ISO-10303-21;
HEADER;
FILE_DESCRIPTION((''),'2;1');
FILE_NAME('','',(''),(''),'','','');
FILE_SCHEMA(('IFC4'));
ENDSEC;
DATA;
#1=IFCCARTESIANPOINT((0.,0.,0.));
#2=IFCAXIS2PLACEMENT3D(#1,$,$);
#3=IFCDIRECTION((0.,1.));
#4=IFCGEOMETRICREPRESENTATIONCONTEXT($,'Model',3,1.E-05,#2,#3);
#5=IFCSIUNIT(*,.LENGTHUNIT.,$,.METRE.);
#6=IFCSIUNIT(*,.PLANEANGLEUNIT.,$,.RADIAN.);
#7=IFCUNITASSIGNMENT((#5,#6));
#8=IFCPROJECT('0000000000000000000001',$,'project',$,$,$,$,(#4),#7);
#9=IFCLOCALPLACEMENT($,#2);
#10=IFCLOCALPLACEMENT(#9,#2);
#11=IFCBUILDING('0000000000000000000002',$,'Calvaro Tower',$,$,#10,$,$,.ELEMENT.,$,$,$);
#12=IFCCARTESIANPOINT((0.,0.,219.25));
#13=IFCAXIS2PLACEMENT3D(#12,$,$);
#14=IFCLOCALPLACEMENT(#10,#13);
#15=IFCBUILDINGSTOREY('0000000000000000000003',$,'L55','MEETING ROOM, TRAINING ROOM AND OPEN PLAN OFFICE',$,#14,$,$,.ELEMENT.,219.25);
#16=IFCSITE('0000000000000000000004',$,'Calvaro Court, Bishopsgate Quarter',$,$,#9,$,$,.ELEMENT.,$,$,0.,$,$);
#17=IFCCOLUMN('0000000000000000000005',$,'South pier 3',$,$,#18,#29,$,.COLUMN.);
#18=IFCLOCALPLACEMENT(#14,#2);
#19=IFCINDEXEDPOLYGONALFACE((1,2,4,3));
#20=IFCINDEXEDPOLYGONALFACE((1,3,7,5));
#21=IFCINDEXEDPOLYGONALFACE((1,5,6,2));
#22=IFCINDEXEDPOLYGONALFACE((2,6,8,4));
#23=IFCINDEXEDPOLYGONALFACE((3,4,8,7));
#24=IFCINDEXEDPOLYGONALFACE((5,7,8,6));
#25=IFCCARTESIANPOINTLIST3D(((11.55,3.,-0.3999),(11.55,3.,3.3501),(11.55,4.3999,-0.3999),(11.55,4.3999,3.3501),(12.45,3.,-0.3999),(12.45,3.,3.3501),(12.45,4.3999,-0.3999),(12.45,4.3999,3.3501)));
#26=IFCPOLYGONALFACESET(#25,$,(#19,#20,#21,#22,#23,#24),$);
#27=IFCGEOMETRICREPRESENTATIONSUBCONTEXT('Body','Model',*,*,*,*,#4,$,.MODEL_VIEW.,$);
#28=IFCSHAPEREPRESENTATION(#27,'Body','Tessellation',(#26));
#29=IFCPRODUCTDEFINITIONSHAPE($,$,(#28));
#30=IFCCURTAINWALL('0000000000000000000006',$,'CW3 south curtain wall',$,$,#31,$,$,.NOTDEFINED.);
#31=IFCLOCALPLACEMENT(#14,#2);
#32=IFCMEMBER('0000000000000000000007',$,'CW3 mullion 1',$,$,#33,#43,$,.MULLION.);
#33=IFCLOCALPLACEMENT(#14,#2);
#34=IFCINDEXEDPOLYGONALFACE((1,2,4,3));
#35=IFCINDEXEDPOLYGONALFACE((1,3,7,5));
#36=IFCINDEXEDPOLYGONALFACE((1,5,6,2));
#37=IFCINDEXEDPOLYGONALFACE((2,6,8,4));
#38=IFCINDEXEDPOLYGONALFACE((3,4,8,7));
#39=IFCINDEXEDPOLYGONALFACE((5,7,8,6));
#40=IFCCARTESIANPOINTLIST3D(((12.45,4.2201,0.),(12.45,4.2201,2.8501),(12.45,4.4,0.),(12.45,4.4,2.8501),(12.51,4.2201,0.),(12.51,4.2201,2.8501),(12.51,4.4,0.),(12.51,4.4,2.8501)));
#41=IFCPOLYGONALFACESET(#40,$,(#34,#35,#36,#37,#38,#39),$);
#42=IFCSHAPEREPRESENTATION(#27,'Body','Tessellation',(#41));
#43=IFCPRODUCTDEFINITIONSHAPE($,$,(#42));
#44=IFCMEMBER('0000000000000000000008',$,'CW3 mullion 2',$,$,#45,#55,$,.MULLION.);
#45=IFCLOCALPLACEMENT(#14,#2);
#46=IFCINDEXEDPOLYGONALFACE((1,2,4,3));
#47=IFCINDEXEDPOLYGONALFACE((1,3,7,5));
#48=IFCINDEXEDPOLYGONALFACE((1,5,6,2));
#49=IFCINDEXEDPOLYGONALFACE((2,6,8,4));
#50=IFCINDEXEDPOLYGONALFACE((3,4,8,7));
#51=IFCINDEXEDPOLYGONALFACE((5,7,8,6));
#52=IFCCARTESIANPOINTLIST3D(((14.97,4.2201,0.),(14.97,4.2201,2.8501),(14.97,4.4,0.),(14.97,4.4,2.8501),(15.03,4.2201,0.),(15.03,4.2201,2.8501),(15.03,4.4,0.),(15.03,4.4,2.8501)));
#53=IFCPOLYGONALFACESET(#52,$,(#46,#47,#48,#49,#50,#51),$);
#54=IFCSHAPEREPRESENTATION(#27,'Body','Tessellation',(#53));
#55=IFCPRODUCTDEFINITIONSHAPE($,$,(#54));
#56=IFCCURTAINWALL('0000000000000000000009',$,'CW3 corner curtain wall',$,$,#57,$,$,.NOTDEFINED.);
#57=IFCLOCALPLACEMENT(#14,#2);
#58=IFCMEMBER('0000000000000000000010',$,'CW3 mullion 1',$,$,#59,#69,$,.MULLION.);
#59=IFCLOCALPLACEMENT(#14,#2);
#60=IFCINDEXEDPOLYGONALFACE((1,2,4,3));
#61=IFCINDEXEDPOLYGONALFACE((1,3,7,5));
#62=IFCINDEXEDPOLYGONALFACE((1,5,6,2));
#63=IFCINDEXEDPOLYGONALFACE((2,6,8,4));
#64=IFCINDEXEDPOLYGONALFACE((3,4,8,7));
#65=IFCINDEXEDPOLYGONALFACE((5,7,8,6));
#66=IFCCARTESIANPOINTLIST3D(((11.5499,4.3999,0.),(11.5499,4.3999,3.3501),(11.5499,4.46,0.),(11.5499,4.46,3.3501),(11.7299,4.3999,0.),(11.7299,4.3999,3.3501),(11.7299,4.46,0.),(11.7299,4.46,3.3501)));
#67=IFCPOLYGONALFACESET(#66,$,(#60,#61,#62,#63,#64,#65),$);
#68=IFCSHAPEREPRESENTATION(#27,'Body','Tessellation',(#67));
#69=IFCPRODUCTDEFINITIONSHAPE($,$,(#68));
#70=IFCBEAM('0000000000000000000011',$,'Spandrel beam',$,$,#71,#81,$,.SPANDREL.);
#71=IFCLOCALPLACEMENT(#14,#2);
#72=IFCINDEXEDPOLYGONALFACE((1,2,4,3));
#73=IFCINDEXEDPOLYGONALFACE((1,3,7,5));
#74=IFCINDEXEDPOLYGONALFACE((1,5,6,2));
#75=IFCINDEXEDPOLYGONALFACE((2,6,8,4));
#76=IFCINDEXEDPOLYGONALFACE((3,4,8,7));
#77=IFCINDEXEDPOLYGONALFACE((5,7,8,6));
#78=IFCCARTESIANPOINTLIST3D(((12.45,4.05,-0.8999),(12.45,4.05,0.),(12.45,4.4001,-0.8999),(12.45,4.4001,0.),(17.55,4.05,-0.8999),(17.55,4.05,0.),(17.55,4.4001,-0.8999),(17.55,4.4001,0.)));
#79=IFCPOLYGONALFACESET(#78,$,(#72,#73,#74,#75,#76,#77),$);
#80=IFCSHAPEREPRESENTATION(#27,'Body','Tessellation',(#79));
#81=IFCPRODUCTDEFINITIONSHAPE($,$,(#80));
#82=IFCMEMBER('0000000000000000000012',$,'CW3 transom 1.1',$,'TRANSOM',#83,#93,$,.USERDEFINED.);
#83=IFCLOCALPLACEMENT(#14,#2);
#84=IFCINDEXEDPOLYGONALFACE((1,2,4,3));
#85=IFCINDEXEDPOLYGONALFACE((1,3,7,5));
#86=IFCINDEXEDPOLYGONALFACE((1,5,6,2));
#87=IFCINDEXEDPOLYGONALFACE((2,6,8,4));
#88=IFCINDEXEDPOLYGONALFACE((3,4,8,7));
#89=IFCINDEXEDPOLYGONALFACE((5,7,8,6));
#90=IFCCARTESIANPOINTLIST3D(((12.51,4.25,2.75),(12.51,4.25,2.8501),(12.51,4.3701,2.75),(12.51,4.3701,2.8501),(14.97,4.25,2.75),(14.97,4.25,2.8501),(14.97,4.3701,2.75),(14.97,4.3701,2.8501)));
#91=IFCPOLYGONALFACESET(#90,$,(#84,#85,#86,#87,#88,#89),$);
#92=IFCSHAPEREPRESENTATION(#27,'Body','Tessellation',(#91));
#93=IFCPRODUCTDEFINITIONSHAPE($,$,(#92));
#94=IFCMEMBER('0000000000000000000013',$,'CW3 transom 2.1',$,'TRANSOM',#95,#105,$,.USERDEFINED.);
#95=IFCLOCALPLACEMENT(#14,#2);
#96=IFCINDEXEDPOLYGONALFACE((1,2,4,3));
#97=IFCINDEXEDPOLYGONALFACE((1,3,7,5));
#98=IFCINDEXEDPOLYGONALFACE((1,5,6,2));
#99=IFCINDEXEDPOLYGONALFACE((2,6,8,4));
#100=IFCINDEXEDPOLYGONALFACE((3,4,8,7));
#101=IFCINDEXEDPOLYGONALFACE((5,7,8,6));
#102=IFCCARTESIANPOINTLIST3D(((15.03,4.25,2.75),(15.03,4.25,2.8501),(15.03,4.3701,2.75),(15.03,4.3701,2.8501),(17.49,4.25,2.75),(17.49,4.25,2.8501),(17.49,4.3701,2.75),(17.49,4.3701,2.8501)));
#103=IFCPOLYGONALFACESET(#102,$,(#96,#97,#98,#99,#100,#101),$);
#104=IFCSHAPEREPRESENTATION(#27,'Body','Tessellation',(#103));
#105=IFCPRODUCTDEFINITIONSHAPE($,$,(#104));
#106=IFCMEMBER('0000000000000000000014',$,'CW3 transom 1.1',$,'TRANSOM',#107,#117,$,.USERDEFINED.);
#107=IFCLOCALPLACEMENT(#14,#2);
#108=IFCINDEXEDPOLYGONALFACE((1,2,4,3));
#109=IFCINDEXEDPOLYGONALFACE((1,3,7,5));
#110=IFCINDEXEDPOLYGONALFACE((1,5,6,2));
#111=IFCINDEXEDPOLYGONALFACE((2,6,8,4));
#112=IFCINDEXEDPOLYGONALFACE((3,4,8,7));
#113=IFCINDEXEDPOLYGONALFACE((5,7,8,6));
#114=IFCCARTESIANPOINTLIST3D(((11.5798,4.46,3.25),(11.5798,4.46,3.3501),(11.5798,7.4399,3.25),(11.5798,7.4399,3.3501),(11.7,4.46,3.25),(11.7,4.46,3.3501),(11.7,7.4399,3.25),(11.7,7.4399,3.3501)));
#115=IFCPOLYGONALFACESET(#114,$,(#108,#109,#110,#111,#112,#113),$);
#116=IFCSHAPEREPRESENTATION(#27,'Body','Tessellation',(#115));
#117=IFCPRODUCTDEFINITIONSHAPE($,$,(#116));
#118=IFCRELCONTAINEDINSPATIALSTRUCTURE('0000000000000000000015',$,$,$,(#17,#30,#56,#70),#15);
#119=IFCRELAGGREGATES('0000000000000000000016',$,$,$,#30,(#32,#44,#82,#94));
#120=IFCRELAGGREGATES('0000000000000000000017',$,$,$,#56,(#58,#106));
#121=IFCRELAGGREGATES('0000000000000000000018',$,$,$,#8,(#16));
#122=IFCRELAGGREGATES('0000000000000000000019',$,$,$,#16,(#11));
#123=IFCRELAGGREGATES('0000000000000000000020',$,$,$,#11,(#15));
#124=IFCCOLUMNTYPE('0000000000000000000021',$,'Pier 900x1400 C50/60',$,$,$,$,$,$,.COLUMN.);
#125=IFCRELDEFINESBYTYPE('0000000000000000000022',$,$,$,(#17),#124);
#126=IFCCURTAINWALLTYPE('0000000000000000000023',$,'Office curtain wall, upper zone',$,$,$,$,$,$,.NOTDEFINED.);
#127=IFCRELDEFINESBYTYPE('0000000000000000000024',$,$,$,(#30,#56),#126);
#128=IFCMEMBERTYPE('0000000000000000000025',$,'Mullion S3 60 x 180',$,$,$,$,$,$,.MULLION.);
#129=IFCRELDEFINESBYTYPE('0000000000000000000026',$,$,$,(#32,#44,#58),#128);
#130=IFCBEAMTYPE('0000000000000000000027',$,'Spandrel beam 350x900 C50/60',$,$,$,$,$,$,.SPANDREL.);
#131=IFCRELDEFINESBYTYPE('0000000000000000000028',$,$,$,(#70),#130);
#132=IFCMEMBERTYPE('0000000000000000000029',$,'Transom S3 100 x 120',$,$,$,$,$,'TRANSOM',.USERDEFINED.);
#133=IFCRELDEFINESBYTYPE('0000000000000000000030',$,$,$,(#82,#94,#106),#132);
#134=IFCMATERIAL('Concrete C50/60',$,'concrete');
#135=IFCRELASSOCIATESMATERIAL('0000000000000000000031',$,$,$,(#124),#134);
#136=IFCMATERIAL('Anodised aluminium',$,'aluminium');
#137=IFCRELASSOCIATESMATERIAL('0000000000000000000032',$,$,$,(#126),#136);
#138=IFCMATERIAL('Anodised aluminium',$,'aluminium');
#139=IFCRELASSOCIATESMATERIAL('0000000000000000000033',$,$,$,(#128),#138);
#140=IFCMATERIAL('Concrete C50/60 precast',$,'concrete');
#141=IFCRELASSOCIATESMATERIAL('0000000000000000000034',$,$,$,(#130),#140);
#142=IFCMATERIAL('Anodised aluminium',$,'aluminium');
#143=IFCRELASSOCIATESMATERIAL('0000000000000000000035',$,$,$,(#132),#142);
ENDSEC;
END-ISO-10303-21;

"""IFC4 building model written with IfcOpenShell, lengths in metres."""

from ifc_helpers import new_model, si_unit, direction, frame, origin, origin_2d, place, context, subcontext, project, spatial, rectangle, extrude, material, material_profile, profile_set, type_object, element, aggregate, save


model = new_model("IFC4")

# Units and contexts
model_context = context("Model", 3, precision=1e-05, world=origin(), true_north=direction((0.0, 1.0)))
body_context = subcontext(model_context, "Body", "Model", "MODEL_VIEW")
ifc_project = project(units=[si_unit("LENGTHUNIT", "METRE"), si_unit("PLANEANGLEUNIT", "RADIAN")], contexts=[model_context])

# Site, building, storey
site_placement = place(None, origin())
site = spatial("IfcSite", under=ifc_project, at=site_placement, Name="Calvaro Court, Bishopsgate Quarter", CompositionType="ELEMENT", RefElevation=0.0)
building_placement = place(site_placement, origin())
building = spatial("IfcBuilding", under=site, at=building_placement, Name="Calvaro Tower", CompositionType="ELEMENT")
storey_placement = place(building_placement, frame((0.0, 0.0, 219.25)))
storey = spatial("IfcBuildingStorey", under=building, at=storey_placement, Name="L55", Description="MEETING ROOM, TRAINING ROOM AND OPEN PLAN OFFICE", CompositionType="ELEMENT", Elevation=219.25)

# Column
ifc_material_1 = material(Name="Concrete C50/60", Category="concrete")
ifc_material_profile_1 = material_profile(ifc_material_1, rectangle(XDim=0.8999, YDim=1.3999, at=origin_2d()), Name="RC 900x1400")
ifc_profile_set_1 = profile_set([ifc_material_profile_1], Name="Concrete C50/60")
column_type = type_object("IfcColumnType", Name="Pier 900x1400 C50/60", PredefinedType="COLUMN", material=ifc_profile_set_1)
column_placement = place(storey_placement, frame((12.0, 3.7, -0.3999), z_axis=(0.0, 0.0, 1.0), x_axis=(1.0, 0.0, 0.0)))
element("IfcColumn", 1, at=column_placement, inside=storey, type_object=column_type, Name="South pier 3", PredefinedType="COLUMN", context=body_context, shape_type="SweptSolid", body=[
    extrude(rectangle(XDim=0.8999, YDim=1.3999, at=origin_2d()), origin(), (0.0, 0.0, 1.0), 3.75),
])

# Curtain wall, members
ifc_material_2 = material(Name="Anodised aluminium", Category="aluminium")
curtain_wall_type = type_object("IfcCurtainWallType", Name="Office curtain wall, upper zone", PredefinedType="NOTDEFINED", material=ifc_material_2)
curtain_wall_1_placement = place(storey_placement, origin())
curtain_wall_1 = element("IfcCurtainWall", 2, at=curtain_wall_1_placement, inside=storey, type_object=curtain_wall_type, Name="CW3 south curtain wall", PredefinedType="NOTDEFINED")
ifc_material_3 = material(Name="Anodised aluminium", Category="aluminium")
ifc_material_profile_2 = material_profile(ifc_material_3, rectangle(XDim=0.1799, YDim=0.0601, at=origin_2d()), Name="Mullion S3 60 x 180")
ifc_profile_set_2 = profile_set([ifc_material_profile_2], Name="Anodised aluminium")
member_type_1 = type_object("IfcMemberType", Name="Mullion S3 60 x 180", PredefinedType="MULLION", material=ifc_profile_set_2)
member_1_placement = place(storey_placement, frame((12.48, 4.3101, 0.0), z_axis=(0.0, 0.0, 1.0), x_axis=(0.0, 1.0, 0.0)))
member_1 = element("IfcMember", 3, at=member_1_placement, type_object=member_type_1, Name="CW3 mullion 1", PredefinedType="MULLION", context=body_context, shape_type="SweptSolid", body=[
    extrude(rectangle(XDim=0.1799, YDim=0.0601, at=origin_2d()), origin(), (0.0, 0.0, 1.0), 2.8501),
])
member_2_placement = place(storey_placement, frame((15.0, 4.3101, 0.0), z_axis=(0.0, 0.0, 1.0), x_axis=(0.0, 1.0, 0.0)))
member_2 = element("IfcMember", 4, at=member_2_placement, type_object=member_type_1, Name="CW3 mullion 2", PredefinedType="MULLION", context=body_context, shape_type="SweptSolid", body=[
    extrude(rectangle(XDim=0.1799, YDim=0.0601, at=origin_2d()), origin(), (0.0, 0.0, 1.0), 2.8501),
])

# Curtain wall, member
curtain_wall_2_placement = place(storey_placement, origin())
curtain_wall_2 = element("IfcCurtainWall", 5, at=curtain_wall_2_placement, inside=storey, type_object=curtain_wall_type, Name="CW3 corner curtain wall", PredefinedType="NOTDEFINED")
member_3_placement = place(storey_placement, frame((11.6399, 4.4299, 0.0), z_axis=(0.0, 0.0, 1.0), x_axis=(-1.0, 0.0, 0.0)))
member_3 = element("IfcMember", 6, at=member_3_placement, type_object=member_type_1, Name="CW3 mullion 1", PredefinedType="MULLION", context=body_context, shape_type="SweptSolid", body=[
    extrude(rectangle(XDim=0.1799, YDim=0.0601, at=origin_2d()), origin(), (0.0, 0.0, 1.0), 3.3501),
])

# Beam
ifc_material_4 = material(Name="Concrete C50/60 precast", Category="concrete")
ifc_material_profile_3 = material_profile(ifc_material_4, rectangle(XDim=0.3501, YDim=0.8999, at=origin_2d()), Name="RC 350x900")
ifc_profile_set_3 = profile_set([ifc_material_profile_3], Name="Concrete C50/60 precast")
beam_type = type_object("IfcBeamType", Name="Spandrel beam 350x900 C50/60", PredefinedType="SPANDREL", material=ifc_profile_set_3)
beam_placement = place(storey_placement, frame((12.45, 4.2251, -0.45), z_axis=(1.0, 0.0, 0.0), x_axis=(0.0, 1.0, 0.0)))
element("IfcBeam", 7, at=beam_placement, inside=storey, type_object=beam_type, Name="Spandrel beam", PredefinedType="SPANDREL", context=body_context, shape_type="SweptSolid", body=[
    extrude(rectangle(XDim=0.3501, YDim=0.8999, at=origin_2d()), origin(), (0.0, 0.0, 1.0), 5.1001),
])

# Members
ifc_material_5 = material(Name="Anodised aluminium", Category="aluminium")
ifc_material_profile_4 = material_profile(ifc_material_5, rectangle(XDim=0.1201, YDim=0.1001, at=origin_2d()), Name="Transom S3 100 x 120")
ifc_profile_set_4 = profile_set([ifc_material_profile_4], Name="Anodised aluminium")
member_type_2 = type_object("IfcMemberType", Name="Transom S3 100 x 120", ElementType="TRANSOM", PredefinedType="USERDEFINED", material=ifc_profile_set_4)
member_4_placement = place(storey_placement, frame((12.51, 4.3101, 2.8), z_axis=(1.0, 0.0, 0.0), x_axis=(0.0, 1.0, 0.0)))
member_4 = element("IfcMember", 8, at=member_4_placement, type_object=member_type_2, Name="CW3 transom 1.1", ObjectType="TRANSOM", PredefinedType="USERDEFINED", context=body_context, shape_type="SweptSolid", body=[
    extrude(rectangle(XDim=0.1201, YDim=0.1001, at=origin_2d()), origin(), (0.0, 0.0, 1.0), 2.46),
])
member_5_placement = place(storey_placement, frame((15.03, 4.3101, 2.8), z_axis=(1.0, 0.0, 0.0), x_axis=(0.0, 1.0, 0.0)))
member_5 = element("IfcMember", 9, at=member_5_placement, type_object=member_type_2, Name="CW3 transom 2.1", ObjectType="TRANSOM", PredefinedType="USERDEFINED", context=body_context, shape_type="SweptSolid", body=[
    extrude(rectangle(XDim=0.1201, YDim=0.1001, at=origin_2d()), origin(), (0.0, 0.0, 1.0), 2.46),
])
member_6_placement = place(storey_placement, frame((11.6399, 4.46, 3.3), z_axis=(0.0, 1.0, 0.0), x_axis=(-1.0, 0.0, 0.0)))
member_6 = element("IfcMember", 10, at=member_6_placement, type_object=member_type_2, Name="CW3 transom 1.1", ObjectType="TRANSOM", PredefinedType="USERDEFINED", context=body_context, shape_type="SweptSolid", body=[
    extrude(rectangle(XDim=0.1201, YDim=0.1001, at=origin_2d()), origin(), (0.0, 0.0, 1.0), 2.98),
])

aggregate(curtain_wall_1, [member_1, member_2, member_4, member_5])
aggregate(curtain_wall_2, [member_3, member_6])

save(model, "model.ifc")
